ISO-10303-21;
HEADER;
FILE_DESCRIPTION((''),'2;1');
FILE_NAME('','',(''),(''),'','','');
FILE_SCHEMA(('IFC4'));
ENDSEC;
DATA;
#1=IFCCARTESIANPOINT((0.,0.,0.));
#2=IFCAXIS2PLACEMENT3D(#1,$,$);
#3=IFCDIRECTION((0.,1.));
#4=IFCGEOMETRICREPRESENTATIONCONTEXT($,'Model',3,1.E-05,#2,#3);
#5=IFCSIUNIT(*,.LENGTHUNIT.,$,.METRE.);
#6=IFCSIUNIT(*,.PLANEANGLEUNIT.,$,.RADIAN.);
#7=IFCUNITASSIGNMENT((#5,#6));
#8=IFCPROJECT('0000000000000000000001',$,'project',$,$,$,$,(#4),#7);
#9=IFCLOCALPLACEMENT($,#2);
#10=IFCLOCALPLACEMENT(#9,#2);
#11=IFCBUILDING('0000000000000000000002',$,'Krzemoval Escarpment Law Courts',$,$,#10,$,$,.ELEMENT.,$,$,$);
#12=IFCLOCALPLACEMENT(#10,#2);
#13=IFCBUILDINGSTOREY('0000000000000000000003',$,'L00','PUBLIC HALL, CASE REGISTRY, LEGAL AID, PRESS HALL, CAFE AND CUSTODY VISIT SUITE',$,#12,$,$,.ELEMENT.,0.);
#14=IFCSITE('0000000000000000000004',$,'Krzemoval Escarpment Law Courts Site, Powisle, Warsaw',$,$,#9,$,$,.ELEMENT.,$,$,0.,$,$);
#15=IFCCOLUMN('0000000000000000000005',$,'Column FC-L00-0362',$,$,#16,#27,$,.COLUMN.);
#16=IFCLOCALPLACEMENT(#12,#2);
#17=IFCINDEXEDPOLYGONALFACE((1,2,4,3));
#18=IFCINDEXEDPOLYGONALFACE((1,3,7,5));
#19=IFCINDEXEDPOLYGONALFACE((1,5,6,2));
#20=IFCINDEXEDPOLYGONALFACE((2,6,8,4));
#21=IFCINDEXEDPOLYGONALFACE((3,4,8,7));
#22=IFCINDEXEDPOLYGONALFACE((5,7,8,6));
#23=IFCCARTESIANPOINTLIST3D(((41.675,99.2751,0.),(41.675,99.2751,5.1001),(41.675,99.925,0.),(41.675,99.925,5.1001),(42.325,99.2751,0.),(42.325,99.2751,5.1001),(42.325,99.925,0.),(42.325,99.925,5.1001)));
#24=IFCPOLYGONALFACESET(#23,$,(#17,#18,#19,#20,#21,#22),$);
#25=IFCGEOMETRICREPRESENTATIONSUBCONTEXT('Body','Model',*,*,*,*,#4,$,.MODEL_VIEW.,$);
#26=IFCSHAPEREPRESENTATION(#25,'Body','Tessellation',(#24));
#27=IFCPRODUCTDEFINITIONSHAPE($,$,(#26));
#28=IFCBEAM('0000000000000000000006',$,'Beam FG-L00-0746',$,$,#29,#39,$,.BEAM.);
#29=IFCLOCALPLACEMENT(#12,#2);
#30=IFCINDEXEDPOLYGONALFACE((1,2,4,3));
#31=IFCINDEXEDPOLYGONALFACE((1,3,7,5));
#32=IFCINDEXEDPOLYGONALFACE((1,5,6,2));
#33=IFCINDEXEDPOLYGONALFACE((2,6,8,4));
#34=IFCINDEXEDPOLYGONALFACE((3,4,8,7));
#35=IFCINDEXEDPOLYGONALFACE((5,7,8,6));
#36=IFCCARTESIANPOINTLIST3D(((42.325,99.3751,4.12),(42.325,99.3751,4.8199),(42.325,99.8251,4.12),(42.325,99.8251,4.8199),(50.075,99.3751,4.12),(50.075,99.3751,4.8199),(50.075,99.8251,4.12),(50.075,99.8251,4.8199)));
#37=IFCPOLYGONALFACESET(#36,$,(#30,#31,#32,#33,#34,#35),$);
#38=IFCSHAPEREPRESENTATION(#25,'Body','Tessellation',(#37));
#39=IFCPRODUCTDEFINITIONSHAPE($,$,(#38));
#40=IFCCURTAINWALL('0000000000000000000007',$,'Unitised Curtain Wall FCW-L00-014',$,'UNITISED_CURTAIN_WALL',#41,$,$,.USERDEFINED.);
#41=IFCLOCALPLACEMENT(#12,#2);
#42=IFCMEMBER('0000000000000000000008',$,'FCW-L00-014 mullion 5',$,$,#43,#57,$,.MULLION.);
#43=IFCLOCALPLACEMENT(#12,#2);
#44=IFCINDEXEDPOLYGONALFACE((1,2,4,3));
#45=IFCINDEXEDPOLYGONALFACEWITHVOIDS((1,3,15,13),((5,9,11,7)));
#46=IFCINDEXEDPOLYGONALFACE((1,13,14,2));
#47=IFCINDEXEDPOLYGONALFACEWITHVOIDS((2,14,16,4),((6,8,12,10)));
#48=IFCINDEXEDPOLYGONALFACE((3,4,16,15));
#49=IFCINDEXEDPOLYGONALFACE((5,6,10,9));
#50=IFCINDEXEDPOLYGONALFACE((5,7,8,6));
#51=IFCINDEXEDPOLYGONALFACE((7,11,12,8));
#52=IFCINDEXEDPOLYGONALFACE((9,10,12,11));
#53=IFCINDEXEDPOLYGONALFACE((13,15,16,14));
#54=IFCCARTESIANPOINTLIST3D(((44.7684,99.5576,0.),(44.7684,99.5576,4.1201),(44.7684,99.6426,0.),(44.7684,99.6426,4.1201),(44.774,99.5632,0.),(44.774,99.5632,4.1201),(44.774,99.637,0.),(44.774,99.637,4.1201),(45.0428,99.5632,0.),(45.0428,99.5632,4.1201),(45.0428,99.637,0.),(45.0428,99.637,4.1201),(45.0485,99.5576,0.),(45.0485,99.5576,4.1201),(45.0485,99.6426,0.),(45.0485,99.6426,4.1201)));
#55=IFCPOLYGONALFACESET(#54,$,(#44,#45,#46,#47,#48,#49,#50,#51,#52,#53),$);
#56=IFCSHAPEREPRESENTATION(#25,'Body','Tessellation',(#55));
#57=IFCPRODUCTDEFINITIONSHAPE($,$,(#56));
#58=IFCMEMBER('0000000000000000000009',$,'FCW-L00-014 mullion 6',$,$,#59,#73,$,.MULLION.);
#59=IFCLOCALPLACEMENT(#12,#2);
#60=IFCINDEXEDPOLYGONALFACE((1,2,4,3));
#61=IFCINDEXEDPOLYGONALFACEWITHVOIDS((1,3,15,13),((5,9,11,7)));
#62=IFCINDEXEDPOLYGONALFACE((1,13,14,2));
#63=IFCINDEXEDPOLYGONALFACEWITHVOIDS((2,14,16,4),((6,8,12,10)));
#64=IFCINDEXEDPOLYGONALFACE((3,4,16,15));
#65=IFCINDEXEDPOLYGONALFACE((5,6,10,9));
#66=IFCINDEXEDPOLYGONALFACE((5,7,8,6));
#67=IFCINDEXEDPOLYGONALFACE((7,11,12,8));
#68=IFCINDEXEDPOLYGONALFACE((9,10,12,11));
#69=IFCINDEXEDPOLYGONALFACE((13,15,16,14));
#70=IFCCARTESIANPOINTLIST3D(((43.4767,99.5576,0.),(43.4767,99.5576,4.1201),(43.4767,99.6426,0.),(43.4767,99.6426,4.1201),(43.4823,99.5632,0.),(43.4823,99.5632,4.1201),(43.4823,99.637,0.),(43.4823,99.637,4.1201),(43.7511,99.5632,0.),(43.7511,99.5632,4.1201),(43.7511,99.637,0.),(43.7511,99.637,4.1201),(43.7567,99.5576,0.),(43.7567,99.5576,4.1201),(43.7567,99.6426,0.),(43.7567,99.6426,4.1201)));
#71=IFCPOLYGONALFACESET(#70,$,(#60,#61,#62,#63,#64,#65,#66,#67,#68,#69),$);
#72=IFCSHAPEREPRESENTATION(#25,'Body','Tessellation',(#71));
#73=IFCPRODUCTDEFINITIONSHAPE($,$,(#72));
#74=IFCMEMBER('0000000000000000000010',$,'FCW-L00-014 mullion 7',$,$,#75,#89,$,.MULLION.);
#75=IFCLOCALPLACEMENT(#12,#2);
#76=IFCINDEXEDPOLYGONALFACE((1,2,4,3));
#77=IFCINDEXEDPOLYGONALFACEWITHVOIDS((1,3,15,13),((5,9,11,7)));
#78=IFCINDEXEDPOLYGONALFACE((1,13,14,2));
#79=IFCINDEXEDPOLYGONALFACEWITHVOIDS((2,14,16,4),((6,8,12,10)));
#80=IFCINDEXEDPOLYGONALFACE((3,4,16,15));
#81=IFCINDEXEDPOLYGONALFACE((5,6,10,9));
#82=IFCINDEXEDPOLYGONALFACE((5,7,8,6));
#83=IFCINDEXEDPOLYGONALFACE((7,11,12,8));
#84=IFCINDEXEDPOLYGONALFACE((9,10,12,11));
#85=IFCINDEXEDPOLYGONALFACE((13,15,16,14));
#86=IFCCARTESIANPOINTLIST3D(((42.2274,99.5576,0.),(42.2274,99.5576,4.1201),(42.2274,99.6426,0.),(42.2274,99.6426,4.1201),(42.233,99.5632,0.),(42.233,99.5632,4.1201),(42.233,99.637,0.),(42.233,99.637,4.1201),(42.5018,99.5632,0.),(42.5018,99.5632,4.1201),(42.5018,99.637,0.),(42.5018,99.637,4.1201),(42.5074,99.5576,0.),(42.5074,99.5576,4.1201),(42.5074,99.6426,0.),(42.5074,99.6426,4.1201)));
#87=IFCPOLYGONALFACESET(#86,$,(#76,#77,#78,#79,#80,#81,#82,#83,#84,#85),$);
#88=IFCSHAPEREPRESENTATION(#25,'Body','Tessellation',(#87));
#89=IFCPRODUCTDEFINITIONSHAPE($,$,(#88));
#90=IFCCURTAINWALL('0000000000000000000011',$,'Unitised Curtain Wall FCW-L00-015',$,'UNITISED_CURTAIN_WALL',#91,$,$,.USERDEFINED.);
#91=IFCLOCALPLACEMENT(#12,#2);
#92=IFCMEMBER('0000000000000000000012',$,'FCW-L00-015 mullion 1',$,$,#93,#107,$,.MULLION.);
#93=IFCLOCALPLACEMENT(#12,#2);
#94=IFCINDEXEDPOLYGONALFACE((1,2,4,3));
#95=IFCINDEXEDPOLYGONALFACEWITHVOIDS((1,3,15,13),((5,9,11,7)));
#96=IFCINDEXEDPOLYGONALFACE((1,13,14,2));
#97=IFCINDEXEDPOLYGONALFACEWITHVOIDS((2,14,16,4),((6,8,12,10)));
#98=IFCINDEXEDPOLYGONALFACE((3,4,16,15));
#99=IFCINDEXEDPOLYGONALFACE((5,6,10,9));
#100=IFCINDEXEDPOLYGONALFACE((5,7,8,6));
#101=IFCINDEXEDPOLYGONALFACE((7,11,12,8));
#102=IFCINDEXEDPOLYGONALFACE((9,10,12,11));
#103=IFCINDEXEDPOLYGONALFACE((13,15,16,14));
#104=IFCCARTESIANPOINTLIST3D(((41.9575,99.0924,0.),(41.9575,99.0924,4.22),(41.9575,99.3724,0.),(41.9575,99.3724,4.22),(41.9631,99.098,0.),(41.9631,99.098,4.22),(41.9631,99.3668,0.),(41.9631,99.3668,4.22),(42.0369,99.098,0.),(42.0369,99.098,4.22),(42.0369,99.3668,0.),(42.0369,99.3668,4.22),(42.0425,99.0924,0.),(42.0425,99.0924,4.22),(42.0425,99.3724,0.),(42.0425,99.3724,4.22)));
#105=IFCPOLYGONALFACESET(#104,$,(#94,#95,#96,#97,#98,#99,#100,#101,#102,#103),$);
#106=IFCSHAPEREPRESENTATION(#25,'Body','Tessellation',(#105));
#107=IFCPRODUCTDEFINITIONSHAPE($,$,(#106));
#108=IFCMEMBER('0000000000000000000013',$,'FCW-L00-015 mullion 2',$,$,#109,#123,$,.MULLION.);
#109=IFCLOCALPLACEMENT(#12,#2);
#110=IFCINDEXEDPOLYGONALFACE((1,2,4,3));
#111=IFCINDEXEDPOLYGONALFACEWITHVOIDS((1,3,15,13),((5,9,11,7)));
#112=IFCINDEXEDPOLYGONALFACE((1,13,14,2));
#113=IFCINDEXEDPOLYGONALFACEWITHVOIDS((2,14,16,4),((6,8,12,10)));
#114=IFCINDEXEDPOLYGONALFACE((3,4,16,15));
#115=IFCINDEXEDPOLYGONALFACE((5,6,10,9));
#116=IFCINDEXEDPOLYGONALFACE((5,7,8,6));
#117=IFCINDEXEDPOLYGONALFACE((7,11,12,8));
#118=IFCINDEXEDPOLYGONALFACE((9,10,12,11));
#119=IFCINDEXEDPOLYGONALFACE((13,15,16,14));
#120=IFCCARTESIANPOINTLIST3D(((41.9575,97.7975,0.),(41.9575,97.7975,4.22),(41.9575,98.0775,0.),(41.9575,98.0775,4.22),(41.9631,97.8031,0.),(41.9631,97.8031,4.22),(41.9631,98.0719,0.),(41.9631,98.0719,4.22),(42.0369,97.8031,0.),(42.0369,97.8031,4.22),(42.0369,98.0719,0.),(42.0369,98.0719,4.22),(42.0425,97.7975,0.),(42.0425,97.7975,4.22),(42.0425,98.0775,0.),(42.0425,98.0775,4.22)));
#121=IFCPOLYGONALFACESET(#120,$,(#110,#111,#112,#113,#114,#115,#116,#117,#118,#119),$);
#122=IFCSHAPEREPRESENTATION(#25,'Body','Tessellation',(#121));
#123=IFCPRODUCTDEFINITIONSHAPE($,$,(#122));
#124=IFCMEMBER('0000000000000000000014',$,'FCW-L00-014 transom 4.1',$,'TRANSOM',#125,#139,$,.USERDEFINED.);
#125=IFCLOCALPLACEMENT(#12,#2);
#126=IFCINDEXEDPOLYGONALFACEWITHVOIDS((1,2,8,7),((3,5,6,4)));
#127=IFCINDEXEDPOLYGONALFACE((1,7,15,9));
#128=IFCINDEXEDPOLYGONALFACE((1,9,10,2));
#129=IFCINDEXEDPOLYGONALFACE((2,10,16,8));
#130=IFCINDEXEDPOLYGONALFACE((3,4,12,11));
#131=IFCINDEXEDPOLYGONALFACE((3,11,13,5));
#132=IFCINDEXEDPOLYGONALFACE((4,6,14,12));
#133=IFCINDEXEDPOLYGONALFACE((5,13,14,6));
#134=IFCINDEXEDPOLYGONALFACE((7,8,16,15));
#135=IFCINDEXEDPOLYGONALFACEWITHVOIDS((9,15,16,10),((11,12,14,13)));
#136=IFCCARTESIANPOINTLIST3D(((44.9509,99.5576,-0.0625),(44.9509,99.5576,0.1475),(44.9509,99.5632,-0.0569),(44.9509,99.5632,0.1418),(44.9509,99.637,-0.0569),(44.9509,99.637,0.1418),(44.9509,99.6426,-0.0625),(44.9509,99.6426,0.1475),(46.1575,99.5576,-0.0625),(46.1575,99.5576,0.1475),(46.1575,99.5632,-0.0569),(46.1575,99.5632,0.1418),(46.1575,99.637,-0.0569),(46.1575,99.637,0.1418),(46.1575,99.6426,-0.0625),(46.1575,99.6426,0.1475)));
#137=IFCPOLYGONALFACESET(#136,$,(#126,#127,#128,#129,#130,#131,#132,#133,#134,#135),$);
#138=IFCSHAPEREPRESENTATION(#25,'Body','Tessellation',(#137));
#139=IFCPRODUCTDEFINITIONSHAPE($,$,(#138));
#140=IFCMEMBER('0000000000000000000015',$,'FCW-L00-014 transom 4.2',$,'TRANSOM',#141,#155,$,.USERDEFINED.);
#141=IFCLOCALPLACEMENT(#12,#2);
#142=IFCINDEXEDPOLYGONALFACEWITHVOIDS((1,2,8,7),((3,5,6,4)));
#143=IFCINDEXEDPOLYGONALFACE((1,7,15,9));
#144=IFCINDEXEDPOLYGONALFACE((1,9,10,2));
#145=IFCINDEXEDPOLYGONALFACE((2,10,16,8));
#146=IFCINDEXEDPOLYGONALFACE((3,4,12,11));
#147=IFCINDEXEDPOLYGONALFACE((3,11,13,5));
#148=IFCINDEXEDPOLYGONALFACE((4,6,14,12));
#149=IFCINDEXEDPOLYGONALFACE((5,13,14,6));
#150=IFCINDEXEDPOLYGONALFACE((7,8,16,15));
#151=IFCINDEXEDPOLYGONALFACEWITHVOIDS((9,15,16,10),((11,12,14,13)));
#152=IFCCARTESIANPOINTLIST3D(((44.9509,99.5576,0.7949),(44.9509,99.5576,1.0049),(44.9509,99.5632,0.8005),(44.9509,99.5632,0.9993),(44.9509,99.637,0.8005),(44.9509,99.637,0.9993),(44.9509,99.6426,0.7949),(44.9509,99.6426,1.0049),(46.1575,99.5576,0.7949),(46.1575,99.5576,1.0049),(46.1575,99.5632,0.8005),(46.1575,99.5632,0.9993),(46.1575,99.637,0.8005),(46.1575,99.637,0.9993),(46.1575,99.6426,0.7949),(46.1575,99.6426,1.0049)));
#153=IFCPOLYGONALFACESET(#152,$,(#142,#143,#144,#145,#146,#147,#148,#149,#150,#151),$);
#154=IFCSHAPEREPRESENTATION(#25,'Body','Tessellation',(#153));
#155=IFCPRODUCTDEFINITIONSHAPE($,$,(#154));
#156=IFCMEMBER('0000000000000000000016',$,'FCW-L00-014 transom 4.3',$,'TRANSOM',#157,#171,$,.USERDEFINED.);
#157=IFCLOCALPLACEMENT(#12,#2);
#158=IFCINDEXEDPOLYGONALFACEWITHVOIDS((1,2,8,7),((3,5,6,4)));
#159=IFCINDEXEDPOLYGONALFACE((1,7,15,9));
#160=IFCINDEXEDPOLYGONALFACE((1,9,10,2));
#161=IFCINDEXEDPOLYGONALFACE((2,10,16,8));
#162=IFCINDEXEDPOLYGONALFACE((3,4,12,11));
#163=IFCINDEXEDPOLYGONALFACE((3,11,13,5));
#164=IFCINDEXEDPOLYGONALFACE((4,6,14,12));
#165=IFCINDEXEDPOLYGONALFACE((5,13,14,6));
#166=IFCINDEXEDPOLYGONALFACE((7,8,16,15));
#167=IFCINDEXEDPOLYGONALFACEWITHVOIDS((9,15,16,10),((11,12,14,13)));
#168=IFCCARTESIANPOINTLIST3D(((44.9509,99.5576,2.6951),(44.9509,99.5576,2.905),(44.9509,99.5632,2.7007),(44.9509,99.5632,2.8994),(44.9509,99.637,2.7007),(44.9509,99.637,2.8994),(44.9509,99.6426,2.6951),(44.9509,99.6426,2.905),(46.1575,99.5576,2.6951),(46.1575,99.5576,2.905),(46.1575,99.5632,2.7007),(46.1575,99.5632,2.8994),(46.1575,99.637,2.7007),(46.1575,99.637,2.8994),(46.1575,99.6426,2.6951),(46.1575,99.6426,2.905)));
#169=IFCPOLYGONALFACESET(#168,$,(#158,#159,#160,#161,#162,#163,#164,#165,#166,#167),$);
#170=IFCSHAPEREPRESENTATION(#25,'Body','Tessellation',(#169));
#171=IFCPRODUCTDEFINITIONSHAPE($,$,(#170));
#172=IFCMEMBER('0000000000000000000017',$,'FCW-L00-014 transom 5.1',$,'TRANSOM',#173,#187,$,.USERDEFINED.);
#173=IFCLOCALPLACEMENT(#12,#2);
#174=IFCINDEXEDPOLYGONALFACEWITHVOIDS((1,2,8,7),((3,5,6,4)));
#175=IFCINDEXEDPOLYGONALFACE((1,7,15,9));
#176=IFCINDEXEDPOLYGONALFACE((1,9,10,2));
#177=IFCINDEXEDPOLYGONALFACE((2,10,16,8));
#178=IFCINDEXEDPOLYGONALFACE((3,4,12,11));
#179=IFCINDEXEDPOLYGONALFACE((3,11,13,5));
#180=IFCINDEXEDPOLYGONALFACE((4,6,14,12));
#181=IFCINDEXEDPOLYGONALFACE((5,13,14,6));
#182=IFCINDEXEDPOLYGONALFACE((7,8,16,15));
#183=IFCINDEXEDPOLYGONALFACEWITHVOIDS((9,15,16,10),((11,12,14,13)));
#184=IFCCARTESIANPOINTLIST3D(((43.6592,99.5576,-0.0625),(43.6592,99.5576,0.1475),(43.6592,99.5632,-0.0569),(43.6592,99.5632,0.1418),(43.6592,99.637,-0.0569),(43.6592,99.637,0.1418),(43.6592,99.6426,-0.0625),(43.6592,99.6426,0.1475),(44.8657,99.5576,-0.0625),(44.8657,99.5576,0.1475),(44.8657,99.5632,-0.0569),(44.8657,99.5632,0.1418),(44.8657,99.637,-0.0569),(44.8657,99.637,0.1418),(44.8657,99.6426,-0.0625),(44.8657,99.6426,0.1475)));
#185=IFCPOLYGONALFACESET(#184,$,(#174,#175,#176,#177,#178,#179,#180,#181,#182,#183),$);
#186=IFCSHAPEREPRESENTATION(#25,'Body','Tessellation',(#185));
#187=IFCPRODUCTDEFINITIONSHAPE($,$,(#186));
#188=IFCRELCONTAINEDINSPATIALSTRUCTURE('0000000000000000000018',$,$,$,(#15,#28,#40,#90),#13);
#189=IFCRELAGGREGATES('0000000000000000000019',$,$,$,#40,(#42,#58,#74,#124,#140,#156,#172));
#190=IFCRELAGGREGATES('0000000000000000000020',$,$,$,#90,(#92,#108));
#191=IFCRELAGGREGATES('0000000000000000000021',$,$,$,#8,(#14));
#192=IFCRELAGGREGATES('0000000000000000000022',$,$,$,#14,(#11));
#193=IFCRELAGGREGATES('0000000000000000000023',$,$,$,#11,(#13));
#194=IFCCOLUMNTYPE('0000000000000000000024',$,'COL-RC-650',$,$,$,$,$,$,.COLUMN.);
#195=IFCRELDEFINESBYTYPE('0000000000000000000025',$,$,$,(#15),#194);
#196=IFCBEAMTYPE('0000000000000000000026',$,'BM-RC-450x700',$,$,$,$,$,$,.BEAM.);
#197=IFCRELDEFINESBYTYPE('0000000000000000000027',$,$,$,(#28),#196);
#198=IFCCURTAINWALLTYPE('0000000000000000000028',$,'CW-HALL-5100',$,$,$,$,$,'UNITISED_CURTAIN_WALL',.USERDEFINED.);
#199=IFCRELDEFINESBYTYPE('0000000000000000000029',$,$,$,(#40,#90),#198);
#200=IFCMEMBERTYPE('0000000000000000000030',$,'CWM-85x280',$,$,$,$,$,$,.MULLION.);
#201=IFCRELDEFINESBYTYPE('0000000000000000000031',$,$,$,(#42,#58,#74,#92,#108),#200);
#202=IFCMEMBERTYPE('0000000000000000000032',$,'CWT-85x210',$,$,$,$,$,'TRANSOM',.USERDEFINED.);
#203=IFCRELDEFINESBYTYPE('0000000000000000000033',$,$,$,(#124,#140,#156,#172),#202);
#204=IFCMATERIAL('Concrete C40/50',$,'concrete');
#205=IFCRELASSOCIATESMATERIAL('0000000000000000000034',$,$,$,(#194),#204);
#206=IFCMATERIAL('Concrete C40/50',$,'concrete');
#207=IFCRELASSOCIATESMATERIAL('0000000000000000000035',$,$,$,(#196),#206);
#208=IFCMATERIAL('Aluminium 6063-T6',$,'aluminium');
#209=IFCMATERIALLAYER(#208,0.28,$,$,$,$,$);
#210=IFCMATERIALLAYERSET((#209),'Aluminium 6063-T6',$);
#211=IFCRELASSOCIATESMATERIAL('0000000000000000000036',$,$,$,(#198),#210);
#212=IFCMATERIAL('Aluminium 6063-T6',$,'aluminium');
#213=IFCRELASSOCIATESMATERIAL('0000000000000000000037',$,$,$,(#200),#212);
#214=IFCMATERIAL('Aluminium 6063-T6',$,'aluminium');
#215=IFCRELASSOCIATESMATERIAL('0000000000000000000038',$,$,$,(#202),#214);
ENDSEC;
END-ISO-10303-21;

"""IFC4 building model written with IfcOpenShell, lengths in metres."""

from ifc_helpers import new_model, si_unit, direction, frame, origin, origin_2d, place, context, subcontext, project, spatial, rectangle, hollow_rectangle, extrude, material, layer, layer_set, material_profile, profile_set, type_object, element, aggregate, save


model = new_model("IFC4")

# Units and contexts
model_context = context("Model", 3, precision=1e-05, world=origin(), true_north=direction((0.0, 1.0)))
body_context = subcontext(model_context, "Body", "Model", "MODEL_VIEW")
ifc_project = project(units=[si_unit("LENGTHUNIT", "METRE"), si_unit("PLANEANGLEUNIT", "RADIAN")], contexts=[model_context])

# Site, building, storey
site_placement = place(None, origin())
site = spatial("IfcSite", under=ifc_project, at=site_placement, Name="Krzemoval Escarpment Law Courts Site, Powisle, Warsaw", CompositionType="ELEMENT", RefElevation=0.0)
building_placement = place(site_placement, origin())
building = spatial("IfcBuilding", under=site, at=building_placement, Name="Krzemoval Escarpment Law Courts", CompositionType="ELEMENT")
storey_placement = place(building_placement, origin())
storey = spatial("IfcBuildingStorey", under=building, at=storey_placement, Name="L00", Description="PUBLIC HALL, CASE REGISTRY, LEGAL AID, PRESS HALL, CAFE AND CUSTODY VISIT SUITE", CompositionType="ELEMENT", Elevation=0.0)

# Column
ifc_material_1 = material(Name="Concrete C40/50", Category="concrete")
ifc_material_profile_1 = material_profile(ifc_material_1, rectangle(XDim=0.6499, YDim=0.6499, at=origin_2d()), Name="RC 650x650")
ifc_profile_set_1 = profile_set([ifc_material_profile_1], Name="Concrete C40/50")
column_type = type_object("IfcColumnType", Name="COL-RC-650", PredefinedType="COLUMN", material=ifc_profile_set_1)
column_placement = place(storey_placement, frame((42.0, 99.6001, 0.0), z_axis=(0.0, 0.0, 1.0), x_axis=(1.0, 0.0, 0.0)))
element("IfcColumn", 1, at=column_placement, inside=storey, type_object=column_type, Name="Column FC-L00-0362", PredefinedType="COLUMN", context=body_context, shape_type="SweptSolid", body=[
    extrude(rectangle(XDim=0.6499, YDim=0.6499, at=origin_2d()), origin(), (0.0, 0.0, 1.0), 5.1001),
])

# Beam
ifc_material_2 = material(Name="Concrete C40/50", Category="concrete")
ifc_material_profile_2 = material_profile(ifc_material_2, rectangle(XDim=0.45, YDim=0.7, at=origin_2d()), Name="RCB 450x700")
ifc_profile_set_2 = profile_set([ifc_material_profile_2], Name="Concrete C40/50")
beam_type = type_object("IfcBeamType", Name="BM-RC-450x700", PredefinedType="BEAM", material=ifc_profile_set_2)
beam_placement = place(storey_placement, frame((42.325, 99.6001, 4.47), z_axis=(1.0, 0.0, 0.0), x_axis=(0.0, 1.0, 0.0)))
element("IfcBeam", 2, at=beam_placement, inside=storey, type_object=beam_type, Name="Beam FG-L00-0746", PredefinedType="BEAM", context=body_context, shape_type="SweptSolid", body=[
    extrude(rectangle(XDim=0.45, YDim=0.7, at=origin_2d()), origin(), (0.0, 0.0, 1.0), 7.75),
])

# Curtain walls, members
ifc_material_3 = material(Name="Aluminium 6063-T6", Category="aluminium")
ifc_layer_1 = layer(ifc_material_3, 0.28)
ifc_layer_set_1 = layer_set([ifc_layer_1], Name="Aluminium 6063-T6")
curtain_wall_type = type_object("IfcCurtainWallType", Name="CW-HALL-5100", ElementType="UNITISED_CURTAIN_WALL", PredefinedType="USERDEFINED", material=ifc_layer_set_1)
curtain_wall_1_placement = place(storey_placement, origin())
curtain_wall_1 = element("IfcCurtainWall", 3, at=curtain_wall_1_placement, inside=storey, type_object=curtain_wall_type, Name="Unitised Curtain Wall FCW-L00-014", ObjectType="UNITISED_CURTAIN_WALL", PredefinedType="USERDEFINED")
ifc_material_4 = material(Name="Aluminium 6063-T6", Category="aluminium")
ifc_material_profile_3 = material_profile(ifc_material_4, hollow_rectangle(XDim=0.085, YDim=0.28, WallThickness=0.0056, at=origin_2d()), Name="ALU M85x280")
ifc_profile_set_3 = profile_set([ifc_material_profile_3], Name="Aluminium 6063-T6")
member_type_1 = type_object("IfcMemberType", Name="CWM-85x280", PredefinedType="MULLION", material=ifc_profile_set_3)
member_1_placement = place(storey_placement, frame((44.9084, 99.6001, 0.0), z_axis=(0.0, 0.0, 1.0), x_axis=(0.0, -1.0, 0.0)))
member_1 = element("IfcMember", 4, at=member_1_placement, type_object=member_type_1, Name="FCW-L00-014 mullion 5", PredefinedType="MULLION", context=body_context, shape_type="SweptSolid", body=[
    extrude(hollow_rectangle(XDim=0.085, YDim=0.28, WallThickness=0.0056, at=origin_2d()), origin(), (0.0, 0.0, 1.0), 4.1201),
])
member_2_placement = place(storey_placement, frame((43.6167, 99.6001, 0.0), z_axis=(0.0, 0.0, 1.0), x_axis=(0.0, -1.0, 0.0)))
member_2 = element("IfcMember", 5, at=member_2_placement, type_object=member_type_1, Name="FCW-L00-014 mullion 6", PredefinedType="MULLION", context=body_context, shape_type="SweptSolid", body=[
    extrude(hollow_rectangle(XDim=0.085, YDim=0.28, WallThickness=0.0056, at=origin_2d()), origin(), (0.0, 0.0, 1.0), 4.1201),
])
member_3_placement = place(storey_placement, frame((42.3674, 99.6001, 0.0), z_axis=(0.0, 0.0, 1.0), x_axis=(0.0, -1.0, 0.0)))
member_3 = element("IfcMember", 6, at=member_3_placement, type_object=member_type_1, Name="FCW-L00-014 mullion 7", PredefinedType="MULLION", context=body_context, shape_type="SweptSolid", body=[
    extrude(hollow_rectangle(XDim=0.085, YDim=0.28, WallThickness=0.0056, at=origin_2d()), origin(), (0.0, 0.0, 1.0), 4.1201),
])
curtain_wall_2_placement = place(storey_placement, origin())
curtain_wall_2 = element("IfcCurtainWall", 7, at=curtain_wall_2_placement, inside=storey, type_object=curtain_wall_type, Name="Unitised Curtain Wall FCW-L00-015", ObjectType="UNITISED_CURTAIN_WALL", PredefinedType="USERDEFINED")
member_4_placement = place(storey_placement, frame((42.0, 99.2324, 0.0), z_axis=(0.0, 0.0, 1.0), x_axis=(1.0, 0.0, 0.0)))
member_4 = element("IfcMember", 8, at=member_4_placement, type_object=member_type_1, Name="FCW-L00-015 mullion 1", PredefinedType="MULLION", context=body_context, shape_type="SweptSolid", body=[
    extrude(hollow_rectangle(XDim=0.085, YDim=0.28, WallThickness=0.0056, at=origin_2d()), origin(), (0.0, 0.0, 1.0), 4.22),
])
member_5_placement = place(storey_placement, frame((42.0, 97.9375, 0.0), z_axis=(0.0, 0.0, 1.0), x_axis=(1.0, 0.0, 0.0)))
member_5 = element("IfcMember", 9, at=member_5_placement, type_object=member_type_1, Name="FCW-L00-015 mullion 2", PredefinedType="MULLION", context=body_context, shape_type="SweptSolid", body=[
    extrude(hollow_rectangle(XDim=0.085, YDim=0.28, WallThickness=0.0056, at=origin_2d()), origin(), (0.0, 0.0, 1.0), 4.22),
])

# Members
ifc_material_5 = material(Name="Aluminium 6063-T6", Category="aluminium")
ifc_material_profile_4 = material_profile(ifc_material_5, hollow_rectangle(XDim=0.085, YDim=0.21, WallThickness=0.0056, at=origin_2d()), Name="ALU T85x210")
ifc_profile_set_4 = profile_set([ifc_material_profile_4], Name="Aluminium 6063-T6")
member_type_2 = type_object("IfcMemberType", Name="CWT-85x210", ElementType="TRANSOM", PredefinedType="USERDEFINED", material=ifc_profile_set_4)
member_6_placement = place(storey_placement, frame((46.1575, 99.6001, 0.0425), z_axis=(-1.0, 0.0, 0.0), x_axis=(0.0, -1.0, 0.0)))
member_6 = element("IfcMember", 10, at=member_6_placement, type_object=member_type_2, Name="FCW-L00-014 transom 4.1", ObjectType="TRANSOM", PredefinedType="USERDEFINED", context=body_context, shape_type="SweptSolid", body=[
    extrude(hollow_rectangle(XDim=0.085, YDim=0.21, WallThickness=0.0056, at=origin_2d()), origin(), (0.0, 0.0, 1.0), 1.2065),
])
member_7_placement = place(storey_placement, frame((46.1575, 99.6001, 0.8999), z_axis=(-1.0, 0.0, 0.0), x_axis=(0.0, -1.0, 0.0)))
member_7 = element("IfcMember", 11, at=member_7_placement, type_object=member_type_2, Name="FCW-L00-014 transom 4.2", ObjectType="TRANSOM", PredefinedType="USERDEFINED", context=body_context, shape_type="SweptSolid", body=[
    extrude(hollow_rectangle(XDim=0.085, YDim=0.21, WallThickness=0.0056, at=origin_2d()), origin(), (0.0, 0.0, 1.0), 1.2065),
])
member_8_placement = place(storey_placement, frame((46.1575, 99.6001, 2.8), z_axis=(-1.0, 0.0, 0.0), x_axis=(0.0, -1.0, 0.0)))
member_8 = element("IfcMember", 12, at=member_8_placement, type_object=member_type_2, Name="FCW-L00-014 transom 4.3", ObjectType="TRANSOM", PredefinedType="USERDEFINED", context=body_context, shape_type="SweptSolid", body=[
    extrude(hollow_rectangle(XDim=0.085, YDim=0.21, WallThickness=0.0056, at=origin_2d()), origin(), (0.0, 0.0, 1.0), 1.2065),
])
member_9_placement = place(storey_placement, frame((44.8657, 99.6001, 0.0425), z_axis=(-1.0, 0.0, 0.0), x_axis=(0.0, -1.0, 0.0)))
member_9 = element("IfcMember", 13, at=member_9_placement, type_object=member_type_2, Name="FCW-L00-014 transom 5.1", ObjectType="TRANSOM", PredefinedType="USERDEFINED", context=body_context, shape_type="SweptSolid", body=[
    extrude(hollow_rectangle(XDim=0.085, YDim=0.21, WallThickness=0.0056, at=origin_2d()), origin(), (0.0, 0.0, 1.0), 1.2065),
])

aggregate(curtain_wall_1, [member_1, member_2, member_3, member_6, member_7, member_8, member_9])
aggregate(curtain_wall_2, [member_4, member_5])

save(model, "model.ifc")
